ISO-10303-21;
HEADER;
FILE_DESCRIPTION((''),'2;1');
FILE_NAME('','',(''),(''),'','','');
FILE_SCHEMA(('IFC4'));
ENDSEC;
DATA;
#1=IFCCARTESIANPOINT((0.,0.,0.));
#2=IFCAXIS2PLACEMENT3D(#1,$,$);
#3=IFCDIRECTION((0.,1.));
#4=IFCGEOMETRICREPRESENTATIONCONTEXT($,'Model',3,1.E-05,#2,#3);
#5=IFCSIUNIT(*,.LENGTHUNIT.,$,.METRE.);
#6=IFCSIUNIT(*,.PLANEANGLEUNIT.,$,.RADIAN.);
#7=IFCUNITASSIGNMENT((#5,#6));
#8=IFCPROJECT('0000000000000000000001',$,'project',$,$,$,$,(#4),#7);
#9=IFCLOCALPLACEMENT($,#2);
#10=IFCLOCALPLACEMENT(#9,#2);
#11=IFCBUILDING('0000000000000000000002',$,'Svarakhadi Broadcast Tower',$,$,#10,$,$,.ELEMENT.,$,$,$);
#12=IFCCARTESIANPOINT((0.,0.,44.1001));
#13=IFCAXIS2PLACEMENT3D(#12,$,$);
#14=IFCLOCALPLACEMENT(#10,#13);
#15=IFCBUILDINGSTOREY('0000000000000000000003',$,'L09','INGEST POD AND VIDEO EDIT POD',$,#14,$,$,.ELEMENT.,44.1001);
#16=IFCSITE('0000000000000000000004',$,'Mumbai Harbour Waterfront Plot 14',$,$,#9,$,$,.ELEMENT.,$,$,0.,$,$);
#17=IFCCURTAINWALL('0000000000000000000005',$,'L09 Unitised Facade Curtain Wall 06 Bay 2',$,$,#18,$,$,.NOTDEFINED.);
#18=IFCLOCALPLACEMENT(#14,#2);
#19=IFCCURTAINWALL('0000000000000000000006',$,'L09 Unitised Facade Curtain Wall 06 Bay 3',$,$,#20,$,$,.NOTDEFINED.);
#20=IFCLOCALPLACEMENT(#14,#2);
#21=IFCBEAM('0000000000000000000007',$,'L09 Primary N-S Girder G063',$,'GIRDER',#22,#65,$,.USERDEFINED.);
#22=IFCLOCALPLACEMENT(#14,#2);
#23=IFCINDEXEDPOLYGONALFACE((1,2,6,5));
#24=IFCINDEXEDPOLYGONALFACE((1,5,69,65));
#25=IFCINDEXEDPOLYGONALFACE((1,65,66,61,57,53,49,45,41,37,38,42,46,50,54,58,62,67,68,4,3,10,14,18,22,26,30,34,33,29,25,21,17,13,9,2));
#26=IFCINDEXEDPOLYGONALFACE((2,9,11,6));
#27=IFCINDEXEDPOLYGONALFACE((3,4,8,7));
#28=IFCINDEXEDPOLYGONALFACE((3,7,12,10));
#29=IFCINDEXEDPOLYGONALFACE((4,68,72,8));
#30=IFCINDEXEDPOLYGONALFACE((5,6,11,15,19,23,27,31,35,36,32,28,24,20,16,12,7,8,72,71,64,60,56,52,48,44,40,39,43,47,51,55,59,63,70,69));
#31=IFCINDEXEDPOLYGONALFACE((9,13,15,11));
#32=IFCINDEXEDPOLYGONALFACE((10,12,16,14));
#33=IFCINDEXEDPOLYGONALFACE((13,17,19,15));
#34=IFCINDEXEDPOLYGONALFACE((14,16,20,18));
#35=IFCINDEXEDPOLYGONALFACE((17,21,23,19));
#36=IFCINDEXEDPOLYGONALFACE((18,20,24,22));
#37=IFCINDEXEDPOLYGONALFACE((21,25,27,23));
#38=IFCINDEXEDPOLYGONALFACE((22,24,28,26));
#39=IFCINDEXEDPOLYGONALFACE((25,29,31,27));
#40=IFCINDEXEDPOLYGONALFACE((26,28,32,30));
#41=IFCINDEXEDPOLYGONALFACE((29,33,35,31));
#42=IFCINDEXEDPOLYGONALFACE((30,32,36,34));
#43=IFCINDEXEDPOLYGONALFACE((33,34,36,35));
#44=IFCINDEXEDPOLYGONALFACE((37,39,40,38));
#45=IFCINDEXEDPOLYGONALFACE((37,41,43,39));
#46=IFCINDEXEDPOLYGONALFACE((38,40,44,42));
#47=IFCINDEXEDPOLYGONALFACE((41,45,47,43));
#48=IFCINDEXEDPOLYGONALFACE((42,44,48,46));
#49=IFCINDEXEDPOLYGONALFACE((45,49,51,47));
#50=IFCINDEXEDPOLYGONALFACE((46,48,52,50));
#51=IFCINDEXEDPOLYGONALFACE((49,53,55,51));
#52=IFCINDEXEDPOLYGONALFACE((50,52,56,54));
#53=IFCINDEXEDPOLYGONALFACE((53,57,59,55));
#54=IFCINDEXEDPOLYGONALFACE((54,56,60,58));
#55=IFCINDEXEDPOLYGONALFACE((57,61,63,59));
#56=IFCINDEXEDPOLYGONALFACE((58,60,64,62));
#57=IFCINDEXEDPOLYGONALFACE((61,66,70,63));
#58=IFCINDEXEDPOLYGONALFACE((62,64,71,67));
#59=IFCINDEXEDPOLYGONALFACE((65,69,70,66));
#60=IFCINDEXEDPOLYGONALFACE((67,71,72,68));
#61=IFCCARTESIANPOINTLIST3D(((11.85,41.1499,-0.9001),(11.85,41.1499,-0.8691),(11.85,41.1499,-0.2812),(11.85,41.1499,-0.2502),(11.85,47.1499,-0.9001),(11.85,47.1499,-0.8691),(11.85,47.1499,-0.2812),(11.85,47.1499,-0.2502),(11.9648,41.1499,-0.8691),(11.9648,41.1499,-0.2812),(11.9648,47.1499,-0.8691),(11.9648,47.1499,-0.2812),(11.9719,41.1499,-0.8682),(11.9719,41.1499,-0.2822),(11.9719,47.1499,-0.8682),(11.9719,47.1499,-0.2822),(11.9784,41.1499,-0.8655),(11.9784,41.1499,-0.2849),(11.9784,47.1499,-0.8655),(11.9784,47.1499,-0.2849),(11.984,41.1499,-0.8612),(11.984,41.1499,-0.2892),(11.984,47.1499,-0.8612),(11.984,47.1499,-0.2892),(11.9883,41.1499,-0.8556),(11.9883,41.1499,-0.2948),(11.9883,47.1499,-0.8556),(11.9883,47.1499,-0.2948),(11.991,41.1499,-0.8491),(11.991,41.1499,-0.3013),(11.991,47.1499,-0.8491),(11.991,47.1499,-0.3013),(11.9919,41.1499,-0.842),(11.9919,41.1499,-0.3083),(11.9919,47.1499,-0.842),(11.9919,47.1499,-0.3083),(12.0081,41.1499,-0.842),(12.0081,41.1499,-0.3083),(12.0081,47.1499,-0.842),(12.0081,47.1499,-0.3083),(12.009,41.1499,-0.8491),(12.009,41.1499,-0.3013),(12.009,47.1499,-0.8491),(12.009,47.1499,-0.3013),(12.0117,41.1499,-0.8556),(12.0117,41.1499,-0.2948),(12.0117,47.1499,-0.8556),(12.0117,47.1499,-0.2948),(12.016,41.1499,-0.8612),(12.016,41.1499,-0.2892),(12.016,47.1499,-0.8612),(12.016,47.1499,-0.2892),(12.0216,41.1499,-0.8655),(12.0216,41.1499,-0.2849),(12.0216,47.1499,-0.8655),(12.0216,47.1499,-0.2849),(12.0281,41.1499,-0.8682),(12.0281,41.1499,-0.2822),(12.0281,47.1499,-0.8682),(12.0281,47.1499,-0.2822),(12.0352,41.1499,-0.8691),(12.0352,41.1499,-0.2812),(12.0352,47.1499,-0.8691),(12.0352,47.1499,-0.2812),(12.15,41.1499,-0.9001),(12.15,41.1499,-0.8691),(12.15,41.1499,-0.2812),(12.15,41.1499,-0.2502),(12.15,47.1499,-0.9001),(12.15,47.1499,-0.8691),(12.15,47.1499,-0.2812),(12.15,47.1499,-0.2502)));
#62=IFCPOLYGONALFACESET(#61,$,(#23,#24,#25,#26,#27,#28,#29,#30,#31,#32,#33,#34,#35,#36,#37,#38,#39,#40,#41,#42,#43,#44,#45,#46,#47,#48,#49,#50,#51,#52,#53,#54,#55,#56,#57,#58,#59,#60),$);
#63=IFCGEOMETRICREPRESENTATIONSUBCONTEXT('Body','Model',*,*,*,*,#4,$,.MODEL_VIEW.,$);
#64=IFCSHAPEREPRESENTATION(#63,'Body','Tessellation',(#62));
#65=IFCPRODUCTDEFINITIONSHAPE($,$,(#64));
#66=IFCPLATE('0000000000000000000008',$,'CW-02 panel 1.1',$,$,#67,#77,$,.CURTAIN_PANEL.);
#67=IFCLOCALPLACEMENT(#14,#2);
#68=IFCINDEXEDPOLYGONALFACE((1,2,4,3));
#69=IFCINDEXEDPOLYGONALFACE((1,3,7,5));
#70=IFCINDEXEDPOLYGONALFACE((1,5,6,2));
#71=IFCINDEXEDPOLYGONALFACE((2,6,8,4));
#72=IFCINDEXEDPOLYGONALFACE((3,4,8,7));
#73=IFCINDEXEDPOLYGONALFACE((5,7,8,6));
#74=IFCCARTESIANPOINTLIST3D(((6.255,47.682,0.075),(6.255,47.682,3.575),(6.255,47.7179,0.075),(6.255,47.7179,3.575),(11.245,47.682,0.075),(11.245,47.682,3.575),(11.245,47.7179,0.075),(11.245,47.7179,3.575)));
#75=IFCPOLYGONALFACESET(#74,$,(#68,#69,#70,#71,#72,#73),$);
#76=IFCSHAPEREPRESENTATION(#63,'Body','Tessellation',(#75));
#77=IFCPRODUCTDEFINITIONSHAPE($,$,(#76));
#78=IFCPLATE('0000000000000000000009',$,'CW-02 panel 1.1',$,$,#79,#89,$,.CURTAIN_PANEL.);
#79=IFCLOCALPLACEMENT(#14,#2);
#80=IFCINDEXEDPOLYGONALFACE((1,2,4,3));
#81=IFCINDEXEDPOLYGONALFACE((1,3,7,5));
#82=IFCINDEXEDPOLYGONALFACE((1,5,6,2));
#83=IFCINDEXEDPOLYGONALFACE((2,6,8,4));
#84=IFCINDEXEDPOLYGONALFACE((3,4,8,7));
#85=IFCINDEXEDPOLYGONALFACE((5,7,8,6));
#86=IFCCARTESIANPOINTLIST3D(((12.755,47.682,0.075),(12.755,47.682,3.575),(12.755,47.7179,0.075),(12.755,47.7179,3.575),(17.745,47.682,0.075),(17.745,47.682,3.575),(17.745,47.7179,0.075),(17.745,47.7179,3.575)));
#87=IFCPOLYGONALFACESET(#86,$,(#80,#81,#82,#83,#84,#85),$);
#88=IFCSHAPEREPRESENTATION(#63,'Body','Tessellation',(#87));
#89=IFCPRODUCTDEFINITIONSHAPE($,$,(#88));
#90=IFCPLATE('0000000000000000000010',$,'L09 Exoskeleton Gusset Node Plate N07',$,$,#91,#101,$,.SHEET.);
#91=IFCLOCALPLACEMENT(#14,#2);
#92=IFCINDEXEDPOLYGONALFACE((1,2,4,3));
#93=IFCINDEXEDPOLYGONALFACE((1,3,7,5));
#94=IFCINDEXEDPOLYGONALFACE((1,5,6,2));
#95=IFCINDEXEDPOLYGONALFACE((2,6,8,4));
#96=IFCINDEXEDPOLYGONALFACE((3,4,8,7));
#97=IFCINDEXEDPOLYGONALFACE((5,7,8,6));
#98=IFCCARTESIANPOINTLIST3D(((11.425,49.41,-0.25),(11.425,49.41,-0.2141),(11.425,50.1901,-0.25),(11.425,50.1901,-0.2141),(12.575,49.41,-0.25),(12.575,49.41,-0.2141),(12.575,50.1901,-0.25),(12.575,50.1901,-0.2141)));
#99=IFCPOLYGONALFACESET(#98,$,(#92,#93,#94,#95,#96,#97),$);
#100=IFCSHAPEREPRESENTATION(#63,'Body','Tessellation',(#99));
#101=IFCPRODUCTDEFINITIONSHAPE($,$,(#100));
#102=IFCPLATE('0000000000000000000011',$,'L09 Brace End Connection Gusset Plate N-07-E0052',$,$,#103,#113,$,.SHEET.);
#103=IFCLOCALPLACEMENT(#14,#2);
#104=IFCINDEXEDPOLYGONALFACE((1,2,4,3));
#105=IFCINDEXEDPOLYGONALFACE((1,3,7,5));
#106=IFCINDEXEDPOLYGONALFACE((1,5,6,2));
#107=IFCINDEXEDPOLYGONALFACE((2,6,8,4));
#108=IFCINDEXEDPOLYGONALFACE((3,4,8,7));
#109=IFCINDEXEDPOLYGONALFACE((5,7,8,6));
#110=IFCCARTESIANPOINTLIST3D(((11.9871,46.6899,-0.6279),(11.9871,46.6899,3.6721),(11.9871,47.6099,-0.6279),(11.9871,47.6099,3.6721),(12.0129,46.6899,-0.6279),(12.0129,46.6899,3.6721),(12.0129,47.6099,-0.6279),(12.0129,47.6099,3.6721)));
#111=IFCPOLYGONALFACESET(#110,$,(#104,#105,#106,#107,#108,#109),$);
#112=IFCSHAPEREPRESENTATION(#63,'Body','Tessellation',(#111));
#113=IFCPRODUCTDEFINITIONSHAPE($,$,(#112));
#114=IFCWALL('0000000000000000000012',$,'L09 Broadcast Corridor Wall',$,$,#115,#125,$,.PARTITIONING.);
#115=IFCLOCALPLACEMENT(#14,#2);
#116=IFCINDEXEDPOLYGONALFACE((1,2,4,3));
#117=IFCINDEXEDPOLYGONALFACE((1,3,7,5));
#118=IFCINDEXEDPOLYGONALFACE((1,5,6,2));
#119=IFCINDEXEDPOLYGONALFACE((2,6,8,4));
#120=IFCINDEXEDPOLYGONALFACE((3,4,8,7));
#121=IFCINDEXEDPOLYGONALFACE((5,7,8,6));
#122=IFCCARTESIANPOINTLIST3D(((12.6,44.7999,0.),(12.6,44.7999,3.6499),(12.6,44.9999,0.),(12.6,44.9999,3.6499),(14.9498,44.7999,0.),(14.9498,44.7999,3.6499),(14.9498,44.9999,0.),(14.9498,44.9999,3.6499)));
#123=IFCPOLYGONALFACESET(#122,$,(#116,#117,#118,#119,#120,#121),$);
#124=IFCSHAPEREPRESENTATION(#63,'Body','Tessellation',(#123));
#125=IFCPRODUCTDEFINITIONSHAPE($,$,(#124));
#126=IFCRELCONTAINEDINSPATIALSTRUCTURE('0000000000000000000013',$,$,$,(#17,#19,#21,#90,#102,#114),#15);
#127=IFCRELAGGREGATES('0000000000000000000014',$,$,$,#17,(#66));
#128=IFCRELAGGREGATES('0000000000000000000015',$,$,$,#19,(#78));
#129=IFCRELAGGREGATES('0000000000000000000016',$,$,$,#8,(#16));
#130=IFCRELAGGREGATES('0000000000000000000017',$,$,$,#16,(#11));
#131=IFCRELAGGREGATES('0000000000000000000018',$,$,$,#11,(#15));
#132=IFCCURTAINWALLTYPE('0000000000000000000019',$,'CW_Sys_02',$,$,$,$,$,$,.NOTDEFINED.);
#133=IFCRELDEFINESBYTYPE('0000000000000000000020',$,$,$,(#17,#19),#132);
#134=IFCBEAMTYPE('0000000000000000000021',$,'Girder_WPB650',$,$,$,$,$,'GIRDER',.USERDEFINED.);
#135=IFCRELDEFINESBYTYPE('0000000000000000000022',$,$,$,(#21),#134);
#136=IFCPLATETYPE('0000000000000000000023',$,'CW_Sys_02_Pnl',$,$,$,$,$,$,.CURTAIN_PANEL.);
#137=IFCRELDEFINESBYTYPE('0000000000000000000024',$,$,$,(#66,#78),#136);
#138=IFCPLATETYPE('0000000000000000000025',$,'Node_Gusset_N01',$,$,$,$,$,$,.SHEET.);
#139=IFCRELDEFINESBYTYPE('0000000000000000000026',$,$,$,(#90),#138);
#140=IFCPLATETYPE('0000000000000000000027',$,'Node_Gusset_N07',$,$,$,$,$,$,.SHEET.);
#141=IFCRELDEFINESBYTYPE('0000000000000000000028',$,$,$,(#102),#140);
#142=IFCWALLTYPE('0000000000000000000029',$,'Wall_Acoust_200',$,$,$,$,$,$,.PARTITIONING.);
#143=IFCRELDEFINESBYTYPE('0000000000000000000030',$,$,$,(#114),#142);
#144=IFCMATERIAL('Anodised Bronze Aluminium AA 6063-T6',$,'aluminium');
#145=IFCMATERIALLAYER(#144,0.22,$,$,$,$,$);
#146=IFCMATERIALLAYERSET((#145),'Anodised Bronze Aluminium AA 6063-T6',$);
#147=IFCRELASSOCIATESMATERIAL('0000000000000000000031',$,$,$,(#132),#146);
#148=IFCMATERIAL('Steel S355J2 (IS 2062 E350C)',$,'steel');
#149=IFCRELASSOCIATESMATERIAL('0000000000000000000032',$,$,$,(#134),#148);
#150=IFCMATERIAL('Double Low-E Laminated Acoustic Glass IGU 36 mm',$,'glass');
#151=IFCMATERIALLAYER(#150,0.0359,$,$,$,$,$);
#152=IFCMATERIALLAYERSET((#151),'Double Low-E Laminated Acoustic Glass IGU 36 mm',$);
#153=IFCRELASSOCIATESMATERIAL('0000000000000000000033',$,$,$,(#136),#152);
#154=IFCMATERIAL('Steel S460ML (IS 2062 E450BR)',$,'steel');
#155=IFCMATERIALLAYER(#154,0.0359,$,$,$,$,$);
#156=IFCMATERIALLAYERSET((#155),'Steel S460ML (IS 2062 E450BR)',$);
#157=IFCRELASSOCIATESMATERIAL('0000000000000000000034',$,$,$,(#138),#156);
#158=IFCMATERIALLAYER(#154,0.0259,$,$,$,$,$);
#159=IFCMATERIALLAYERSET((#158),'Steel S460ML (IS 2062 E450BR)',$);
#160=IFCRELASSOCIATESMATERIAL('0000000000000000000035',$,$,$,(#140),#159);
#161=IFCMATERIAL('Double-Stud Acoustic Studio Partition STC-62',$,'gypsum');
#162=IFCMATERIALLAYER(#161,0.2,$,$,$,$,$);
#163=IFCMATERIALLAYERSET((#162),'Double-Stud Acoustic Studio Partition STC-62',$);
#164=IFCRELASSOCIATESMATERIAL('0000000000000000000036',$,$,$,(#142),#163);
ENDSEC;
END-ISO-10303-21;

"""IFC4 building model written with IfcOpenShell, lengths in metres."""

from ifc_helpers import new_model, si_unit, direction, frame, frame_2d, origin, origin_2d, place, context, subcontext, project, spatial, rectangle, i_section, extrude, material, layer, layer_set, material_profile, profile_set, type_object, element, aggregate, save


model = new_model("IFC4")

# Units and contexts
model_context = context("Model", 3, precision=1e-05, world=origin(), true_north=direction((0.0, 1.0)))
body_context = subcontext(model_context, "Body", "Model", "MODEL_VIEW")
ifc_project = project(units=[si_unit("LENGTHUNIT", "METRE"), si_unit("PLANEANGLEUNIT", "RADIAN")], contexts=[model_context])

# Site, building, storey
site_placement = place(None, origin())
site = spatial("IfcSite", under=ifc_project, at=site_placement, Name="Mumbai Harbour Waterfront Plot 14", CompositionType="ELEMENT", RefElevation=0.0)
building_placement = place(site_placement, origin())
building = spatial("IfcBuilding", under=site, at=building_placement, Name="Svarakhadi Broadcast Tower", CompositionType="ELEMENT")
storey_placement = place(building_placement, frame((0.0, 0.0, 44.1001)))
storey = spatial("IfcBuildingStorey", under=building, at=storey_placement, Name="L09", Description="INGEST POD AND VIDEO EDIT POD", CompositionType="ELEMENT", Elevation=44.1001)

# Shared definitions
ifc_material_1 = material(Name="Steel S460ML (IS 2062 E450BR)", Category="steel")

# Shared definitions
ifc_material_2 = material(Name="Steel S355J2 (IS 2062 E350C)", Category="steel")

# Curtain walls
ifc_material_3 = material(Name="Anodised Bronze Aluminium AA 6063-T6", Category="aluminium")
ifc_layer_1 = layer(ifc_material_3, 0.22)
ifc_layer_set_1 = layer_set([ifc_layer_1], Name="Anodised Bronze Aluminium AA 6063-T6")
curtain_wall_type = type_object("IfcCurtainWallType", Name="CW_Sys_02", PredefinedType="NOTDEFINED", material=ifc_layer_set_1)
curtain_wall_1_placement = place(storey_placement, origin())
curtain_wall_1 = element("IfcCurtainWall", 1, at=curtain_wall_1_placement, inside=storey, type_object=curtain_wall_type, Name="L09 Unitised Facade Curtain Wall 06 Bay 2", PredefinedType="NOTDEFINED")
curtain_wall_2_placement = place(storey_placement, origin())
curtain_wall_2 = element("IfcCurtainWall", 2, at=curtain_wall_2_placement, inside=storey, type_object=curtain_wall_type, Name="L09 Unitised Facade Curtain Wall 06 Bay 3", PredefinedType="NOTDEFINED")

# Beam
ifc_material_profile_1 = material_profile(ifc_material_2, i_section(OverallWidth=0.3, OverallDepth=0.6499, WebThickness=0.0161, FlangeThickness=0.031, FilletRadius=0.0271, at=origin_2d()), Name="WPB 650x300x225")
ifc_profile_set_1 = profile_set([ifc_material_profile_1], Name="Steel S355J2 (IS 2062 E350C)")
beam_type_1 = type_object("IfcBeamType", Name="Girder_WPB650", ElementType="GIRDER", PredefinedType="USERDEFINED", material=ifc_profile_set_1)
for number, where, z_axis, x_axis, name in (
    (3, (12.0, 41.1499, -0.5752), (0.0, 1.0, 0.0), (-1.0, 0.0, 0.0), "L09 Primary N-S Girder G063"),
):
    element("IfcBeam", number, at=place(storey_placement, frame(where, z_axis=z_axis, x_axis=x_axis)), inside=storey, type_object=beam_type_1, Name=name, ObjectType="GIRDER", PredefinedType="USERDEFINED", context=body_context, shape_type="SweptSolid", body=[
        extrude(i_section(OverallWidth=0.3, OverallDepth=0.6499, WebThickness=0.0161, FlangeThickness=0.031, FilletRadius=0.0271, at=origin_2d()), origin(), (0.0, 0.0, 1.0), 6.0),
    ])

# Plates
ifc_material_4 = material(Name="Double Low-E Laminated Acoustic Glass IGU 36 mm", Category="glass")
ifc_layer_2 = layer(ifc_material_4, 0.0359)
ifc_layer_set_2 = layer_set([ifc_layer_2], Name="Double Low-E Laminated Acoustic Glass IGU 36 mm")
plate_type_1 = type_object("IfcPlateType", Name="CW_Sys_02_Pnl", PredefinedType="CURTAIN_PANEL", material=ifc_layer_set_2)
plate_1_placement = place(storey_placement, frame((8.75, 47.7, 0.075), z_axis=(0.0, 0.0, 1.0), x_axis=(1.0, 0.0, 0.0)))
plate_1 = element("IfcPlate", 4, at=plate_1_placement, type_object=plate_type_1, Name="CW-02 panel 1.1", PredefinedType="CURTAIN_PANEL", context=body_context, shape_type="SweptSolid", body=[
    extrude(rectangle(XDim=4.99, YDim=0.0359, at=origin_2d()), origin(), (0.0, 0.0, 1.0), 3.5),
])
aggregate(curtain_wall_1, [plate_1])
plate_2_placement = place(storey_placement, frame((15.25, 47.7, 0.075), z_axis=(0.0, 0.0, 1.0), x_axis=(1.0, 0.0, 0.0)))
plate_2 = element("IfcPlate", 5, at=plate_2_placement, type_object=plate_type_1, Name="CW-02 panel 1.1", PredefinedType="CURTAIN_PANEL", context=body_context, shape_type="SweptSolid", body=[
    extrude(rectangle(XDim=4.99, YDim=0.0359, at=origin_2d()), origin(), (0.0, 0.0, 1.0), 3.5),
])
aggregate(curtain_wall_2, [plate_2])

# Plates
ifc_layer_3 = layer(ifc_material_1, 0.0359)
ifc_layer_set_3 = layer_set([ifc_layer_3], Name="Steel S460ML (IS 2062 E450BR)")
plate_type_2 = type_object("IfcPlateType", Name="Node_Gusset_N01", PredefinedType="SHEET", material=ifc_layer_set_3)
plate_3_placement = place(storey_placement, frame((12.0, 49.8, -0.25), z_axis=(0.0, 0.0, 1.0), x_axis=(1.0, 0.0, 0.0)))
element("IfcPlate", 6, at=plate_3_placement, inside=storey, type_object=plate_type_2, Name="L09 Exoskeleton Gusset Node Plate N07", PredefinedType="SHEET", context=body_context, shape_type="SweptSolid", body=[
    extrude(rectangle(XDim=1.1499, YDim=0.78, at=origin_2d()), origin(), (0.0, 0.0, 1.0), 0.0359),
])
ifc_layer_4 = layer(ifc_material_1, 0.0259)
ifc_layer_set_4 = layer_set([ifc_layer_4], Name="Steel S460ML (IS 2062 E450BR)")
plate_type_3 = type_object("IfcPlateType", Name="Node_Gusset_N07", PredefinedType="SHEET", material=ifc_layer_set_4)
plate_4_placement = place(storey_placement, frame((12.0, 47.1499, -0.6279), z_axis=(0.0, 0.0, 1.0), x_axis=(0.0, 1.0, 0.0)))
element("IfcPlate", 7, at=plate_4_placement, inside=storey, type_object=plate_type_3, Name="L09 Brace End Connection Gusset Plate N-07-E0052", PredefinedType="SHEET", context=body_context, shape_type="SweptSolid", body=[
    extrude(rectangle(XDim=0.9199, YDim=0.0259, at=origin_2d()), origin(), (0.0, 0.0, 1.0), 4.3),
])

# Wall
ifc_material_5 = material(Name="Double-Stud Acoustic Studio Partition STC-62", Category="gypsum")
ifc_layer_5 = layer(ifc_material_5, 0.2)
ifc_layer_set_5 = layer_set([ifc_layer_5], Name="Double-Stud Acoustic Studio Partition STC-62")
wall_type_1 = type_object("IfcWallType", Name="Wall_Acoust_200", PredefinedType="PARTITIONING", material=ifc_layer_set_5)
wall_1_placement = place(storey_placement, frame((12.6001, 44.8999, 0.0), z_axis=(0.0, 0.0, 1.0), x_axis=(1.0, 0.0, 0.0)))
element("IfcWall", 8, at=wall_1_placement, inside=storey, type_object=wall_type_1, Name="L09 Broadcast Corridor Wall", PredefinedType="PARTITIONING", context=body_context, shape_type="SweptSolid", body=[
    extrude(rectangle(XDim=2.3499, YDim=0.2, at=frame_2d((1.1748, 0.0))), origin(), (0.0, 0.0, 1.0), 3.6499),
])

save(model, "model.ifc")
